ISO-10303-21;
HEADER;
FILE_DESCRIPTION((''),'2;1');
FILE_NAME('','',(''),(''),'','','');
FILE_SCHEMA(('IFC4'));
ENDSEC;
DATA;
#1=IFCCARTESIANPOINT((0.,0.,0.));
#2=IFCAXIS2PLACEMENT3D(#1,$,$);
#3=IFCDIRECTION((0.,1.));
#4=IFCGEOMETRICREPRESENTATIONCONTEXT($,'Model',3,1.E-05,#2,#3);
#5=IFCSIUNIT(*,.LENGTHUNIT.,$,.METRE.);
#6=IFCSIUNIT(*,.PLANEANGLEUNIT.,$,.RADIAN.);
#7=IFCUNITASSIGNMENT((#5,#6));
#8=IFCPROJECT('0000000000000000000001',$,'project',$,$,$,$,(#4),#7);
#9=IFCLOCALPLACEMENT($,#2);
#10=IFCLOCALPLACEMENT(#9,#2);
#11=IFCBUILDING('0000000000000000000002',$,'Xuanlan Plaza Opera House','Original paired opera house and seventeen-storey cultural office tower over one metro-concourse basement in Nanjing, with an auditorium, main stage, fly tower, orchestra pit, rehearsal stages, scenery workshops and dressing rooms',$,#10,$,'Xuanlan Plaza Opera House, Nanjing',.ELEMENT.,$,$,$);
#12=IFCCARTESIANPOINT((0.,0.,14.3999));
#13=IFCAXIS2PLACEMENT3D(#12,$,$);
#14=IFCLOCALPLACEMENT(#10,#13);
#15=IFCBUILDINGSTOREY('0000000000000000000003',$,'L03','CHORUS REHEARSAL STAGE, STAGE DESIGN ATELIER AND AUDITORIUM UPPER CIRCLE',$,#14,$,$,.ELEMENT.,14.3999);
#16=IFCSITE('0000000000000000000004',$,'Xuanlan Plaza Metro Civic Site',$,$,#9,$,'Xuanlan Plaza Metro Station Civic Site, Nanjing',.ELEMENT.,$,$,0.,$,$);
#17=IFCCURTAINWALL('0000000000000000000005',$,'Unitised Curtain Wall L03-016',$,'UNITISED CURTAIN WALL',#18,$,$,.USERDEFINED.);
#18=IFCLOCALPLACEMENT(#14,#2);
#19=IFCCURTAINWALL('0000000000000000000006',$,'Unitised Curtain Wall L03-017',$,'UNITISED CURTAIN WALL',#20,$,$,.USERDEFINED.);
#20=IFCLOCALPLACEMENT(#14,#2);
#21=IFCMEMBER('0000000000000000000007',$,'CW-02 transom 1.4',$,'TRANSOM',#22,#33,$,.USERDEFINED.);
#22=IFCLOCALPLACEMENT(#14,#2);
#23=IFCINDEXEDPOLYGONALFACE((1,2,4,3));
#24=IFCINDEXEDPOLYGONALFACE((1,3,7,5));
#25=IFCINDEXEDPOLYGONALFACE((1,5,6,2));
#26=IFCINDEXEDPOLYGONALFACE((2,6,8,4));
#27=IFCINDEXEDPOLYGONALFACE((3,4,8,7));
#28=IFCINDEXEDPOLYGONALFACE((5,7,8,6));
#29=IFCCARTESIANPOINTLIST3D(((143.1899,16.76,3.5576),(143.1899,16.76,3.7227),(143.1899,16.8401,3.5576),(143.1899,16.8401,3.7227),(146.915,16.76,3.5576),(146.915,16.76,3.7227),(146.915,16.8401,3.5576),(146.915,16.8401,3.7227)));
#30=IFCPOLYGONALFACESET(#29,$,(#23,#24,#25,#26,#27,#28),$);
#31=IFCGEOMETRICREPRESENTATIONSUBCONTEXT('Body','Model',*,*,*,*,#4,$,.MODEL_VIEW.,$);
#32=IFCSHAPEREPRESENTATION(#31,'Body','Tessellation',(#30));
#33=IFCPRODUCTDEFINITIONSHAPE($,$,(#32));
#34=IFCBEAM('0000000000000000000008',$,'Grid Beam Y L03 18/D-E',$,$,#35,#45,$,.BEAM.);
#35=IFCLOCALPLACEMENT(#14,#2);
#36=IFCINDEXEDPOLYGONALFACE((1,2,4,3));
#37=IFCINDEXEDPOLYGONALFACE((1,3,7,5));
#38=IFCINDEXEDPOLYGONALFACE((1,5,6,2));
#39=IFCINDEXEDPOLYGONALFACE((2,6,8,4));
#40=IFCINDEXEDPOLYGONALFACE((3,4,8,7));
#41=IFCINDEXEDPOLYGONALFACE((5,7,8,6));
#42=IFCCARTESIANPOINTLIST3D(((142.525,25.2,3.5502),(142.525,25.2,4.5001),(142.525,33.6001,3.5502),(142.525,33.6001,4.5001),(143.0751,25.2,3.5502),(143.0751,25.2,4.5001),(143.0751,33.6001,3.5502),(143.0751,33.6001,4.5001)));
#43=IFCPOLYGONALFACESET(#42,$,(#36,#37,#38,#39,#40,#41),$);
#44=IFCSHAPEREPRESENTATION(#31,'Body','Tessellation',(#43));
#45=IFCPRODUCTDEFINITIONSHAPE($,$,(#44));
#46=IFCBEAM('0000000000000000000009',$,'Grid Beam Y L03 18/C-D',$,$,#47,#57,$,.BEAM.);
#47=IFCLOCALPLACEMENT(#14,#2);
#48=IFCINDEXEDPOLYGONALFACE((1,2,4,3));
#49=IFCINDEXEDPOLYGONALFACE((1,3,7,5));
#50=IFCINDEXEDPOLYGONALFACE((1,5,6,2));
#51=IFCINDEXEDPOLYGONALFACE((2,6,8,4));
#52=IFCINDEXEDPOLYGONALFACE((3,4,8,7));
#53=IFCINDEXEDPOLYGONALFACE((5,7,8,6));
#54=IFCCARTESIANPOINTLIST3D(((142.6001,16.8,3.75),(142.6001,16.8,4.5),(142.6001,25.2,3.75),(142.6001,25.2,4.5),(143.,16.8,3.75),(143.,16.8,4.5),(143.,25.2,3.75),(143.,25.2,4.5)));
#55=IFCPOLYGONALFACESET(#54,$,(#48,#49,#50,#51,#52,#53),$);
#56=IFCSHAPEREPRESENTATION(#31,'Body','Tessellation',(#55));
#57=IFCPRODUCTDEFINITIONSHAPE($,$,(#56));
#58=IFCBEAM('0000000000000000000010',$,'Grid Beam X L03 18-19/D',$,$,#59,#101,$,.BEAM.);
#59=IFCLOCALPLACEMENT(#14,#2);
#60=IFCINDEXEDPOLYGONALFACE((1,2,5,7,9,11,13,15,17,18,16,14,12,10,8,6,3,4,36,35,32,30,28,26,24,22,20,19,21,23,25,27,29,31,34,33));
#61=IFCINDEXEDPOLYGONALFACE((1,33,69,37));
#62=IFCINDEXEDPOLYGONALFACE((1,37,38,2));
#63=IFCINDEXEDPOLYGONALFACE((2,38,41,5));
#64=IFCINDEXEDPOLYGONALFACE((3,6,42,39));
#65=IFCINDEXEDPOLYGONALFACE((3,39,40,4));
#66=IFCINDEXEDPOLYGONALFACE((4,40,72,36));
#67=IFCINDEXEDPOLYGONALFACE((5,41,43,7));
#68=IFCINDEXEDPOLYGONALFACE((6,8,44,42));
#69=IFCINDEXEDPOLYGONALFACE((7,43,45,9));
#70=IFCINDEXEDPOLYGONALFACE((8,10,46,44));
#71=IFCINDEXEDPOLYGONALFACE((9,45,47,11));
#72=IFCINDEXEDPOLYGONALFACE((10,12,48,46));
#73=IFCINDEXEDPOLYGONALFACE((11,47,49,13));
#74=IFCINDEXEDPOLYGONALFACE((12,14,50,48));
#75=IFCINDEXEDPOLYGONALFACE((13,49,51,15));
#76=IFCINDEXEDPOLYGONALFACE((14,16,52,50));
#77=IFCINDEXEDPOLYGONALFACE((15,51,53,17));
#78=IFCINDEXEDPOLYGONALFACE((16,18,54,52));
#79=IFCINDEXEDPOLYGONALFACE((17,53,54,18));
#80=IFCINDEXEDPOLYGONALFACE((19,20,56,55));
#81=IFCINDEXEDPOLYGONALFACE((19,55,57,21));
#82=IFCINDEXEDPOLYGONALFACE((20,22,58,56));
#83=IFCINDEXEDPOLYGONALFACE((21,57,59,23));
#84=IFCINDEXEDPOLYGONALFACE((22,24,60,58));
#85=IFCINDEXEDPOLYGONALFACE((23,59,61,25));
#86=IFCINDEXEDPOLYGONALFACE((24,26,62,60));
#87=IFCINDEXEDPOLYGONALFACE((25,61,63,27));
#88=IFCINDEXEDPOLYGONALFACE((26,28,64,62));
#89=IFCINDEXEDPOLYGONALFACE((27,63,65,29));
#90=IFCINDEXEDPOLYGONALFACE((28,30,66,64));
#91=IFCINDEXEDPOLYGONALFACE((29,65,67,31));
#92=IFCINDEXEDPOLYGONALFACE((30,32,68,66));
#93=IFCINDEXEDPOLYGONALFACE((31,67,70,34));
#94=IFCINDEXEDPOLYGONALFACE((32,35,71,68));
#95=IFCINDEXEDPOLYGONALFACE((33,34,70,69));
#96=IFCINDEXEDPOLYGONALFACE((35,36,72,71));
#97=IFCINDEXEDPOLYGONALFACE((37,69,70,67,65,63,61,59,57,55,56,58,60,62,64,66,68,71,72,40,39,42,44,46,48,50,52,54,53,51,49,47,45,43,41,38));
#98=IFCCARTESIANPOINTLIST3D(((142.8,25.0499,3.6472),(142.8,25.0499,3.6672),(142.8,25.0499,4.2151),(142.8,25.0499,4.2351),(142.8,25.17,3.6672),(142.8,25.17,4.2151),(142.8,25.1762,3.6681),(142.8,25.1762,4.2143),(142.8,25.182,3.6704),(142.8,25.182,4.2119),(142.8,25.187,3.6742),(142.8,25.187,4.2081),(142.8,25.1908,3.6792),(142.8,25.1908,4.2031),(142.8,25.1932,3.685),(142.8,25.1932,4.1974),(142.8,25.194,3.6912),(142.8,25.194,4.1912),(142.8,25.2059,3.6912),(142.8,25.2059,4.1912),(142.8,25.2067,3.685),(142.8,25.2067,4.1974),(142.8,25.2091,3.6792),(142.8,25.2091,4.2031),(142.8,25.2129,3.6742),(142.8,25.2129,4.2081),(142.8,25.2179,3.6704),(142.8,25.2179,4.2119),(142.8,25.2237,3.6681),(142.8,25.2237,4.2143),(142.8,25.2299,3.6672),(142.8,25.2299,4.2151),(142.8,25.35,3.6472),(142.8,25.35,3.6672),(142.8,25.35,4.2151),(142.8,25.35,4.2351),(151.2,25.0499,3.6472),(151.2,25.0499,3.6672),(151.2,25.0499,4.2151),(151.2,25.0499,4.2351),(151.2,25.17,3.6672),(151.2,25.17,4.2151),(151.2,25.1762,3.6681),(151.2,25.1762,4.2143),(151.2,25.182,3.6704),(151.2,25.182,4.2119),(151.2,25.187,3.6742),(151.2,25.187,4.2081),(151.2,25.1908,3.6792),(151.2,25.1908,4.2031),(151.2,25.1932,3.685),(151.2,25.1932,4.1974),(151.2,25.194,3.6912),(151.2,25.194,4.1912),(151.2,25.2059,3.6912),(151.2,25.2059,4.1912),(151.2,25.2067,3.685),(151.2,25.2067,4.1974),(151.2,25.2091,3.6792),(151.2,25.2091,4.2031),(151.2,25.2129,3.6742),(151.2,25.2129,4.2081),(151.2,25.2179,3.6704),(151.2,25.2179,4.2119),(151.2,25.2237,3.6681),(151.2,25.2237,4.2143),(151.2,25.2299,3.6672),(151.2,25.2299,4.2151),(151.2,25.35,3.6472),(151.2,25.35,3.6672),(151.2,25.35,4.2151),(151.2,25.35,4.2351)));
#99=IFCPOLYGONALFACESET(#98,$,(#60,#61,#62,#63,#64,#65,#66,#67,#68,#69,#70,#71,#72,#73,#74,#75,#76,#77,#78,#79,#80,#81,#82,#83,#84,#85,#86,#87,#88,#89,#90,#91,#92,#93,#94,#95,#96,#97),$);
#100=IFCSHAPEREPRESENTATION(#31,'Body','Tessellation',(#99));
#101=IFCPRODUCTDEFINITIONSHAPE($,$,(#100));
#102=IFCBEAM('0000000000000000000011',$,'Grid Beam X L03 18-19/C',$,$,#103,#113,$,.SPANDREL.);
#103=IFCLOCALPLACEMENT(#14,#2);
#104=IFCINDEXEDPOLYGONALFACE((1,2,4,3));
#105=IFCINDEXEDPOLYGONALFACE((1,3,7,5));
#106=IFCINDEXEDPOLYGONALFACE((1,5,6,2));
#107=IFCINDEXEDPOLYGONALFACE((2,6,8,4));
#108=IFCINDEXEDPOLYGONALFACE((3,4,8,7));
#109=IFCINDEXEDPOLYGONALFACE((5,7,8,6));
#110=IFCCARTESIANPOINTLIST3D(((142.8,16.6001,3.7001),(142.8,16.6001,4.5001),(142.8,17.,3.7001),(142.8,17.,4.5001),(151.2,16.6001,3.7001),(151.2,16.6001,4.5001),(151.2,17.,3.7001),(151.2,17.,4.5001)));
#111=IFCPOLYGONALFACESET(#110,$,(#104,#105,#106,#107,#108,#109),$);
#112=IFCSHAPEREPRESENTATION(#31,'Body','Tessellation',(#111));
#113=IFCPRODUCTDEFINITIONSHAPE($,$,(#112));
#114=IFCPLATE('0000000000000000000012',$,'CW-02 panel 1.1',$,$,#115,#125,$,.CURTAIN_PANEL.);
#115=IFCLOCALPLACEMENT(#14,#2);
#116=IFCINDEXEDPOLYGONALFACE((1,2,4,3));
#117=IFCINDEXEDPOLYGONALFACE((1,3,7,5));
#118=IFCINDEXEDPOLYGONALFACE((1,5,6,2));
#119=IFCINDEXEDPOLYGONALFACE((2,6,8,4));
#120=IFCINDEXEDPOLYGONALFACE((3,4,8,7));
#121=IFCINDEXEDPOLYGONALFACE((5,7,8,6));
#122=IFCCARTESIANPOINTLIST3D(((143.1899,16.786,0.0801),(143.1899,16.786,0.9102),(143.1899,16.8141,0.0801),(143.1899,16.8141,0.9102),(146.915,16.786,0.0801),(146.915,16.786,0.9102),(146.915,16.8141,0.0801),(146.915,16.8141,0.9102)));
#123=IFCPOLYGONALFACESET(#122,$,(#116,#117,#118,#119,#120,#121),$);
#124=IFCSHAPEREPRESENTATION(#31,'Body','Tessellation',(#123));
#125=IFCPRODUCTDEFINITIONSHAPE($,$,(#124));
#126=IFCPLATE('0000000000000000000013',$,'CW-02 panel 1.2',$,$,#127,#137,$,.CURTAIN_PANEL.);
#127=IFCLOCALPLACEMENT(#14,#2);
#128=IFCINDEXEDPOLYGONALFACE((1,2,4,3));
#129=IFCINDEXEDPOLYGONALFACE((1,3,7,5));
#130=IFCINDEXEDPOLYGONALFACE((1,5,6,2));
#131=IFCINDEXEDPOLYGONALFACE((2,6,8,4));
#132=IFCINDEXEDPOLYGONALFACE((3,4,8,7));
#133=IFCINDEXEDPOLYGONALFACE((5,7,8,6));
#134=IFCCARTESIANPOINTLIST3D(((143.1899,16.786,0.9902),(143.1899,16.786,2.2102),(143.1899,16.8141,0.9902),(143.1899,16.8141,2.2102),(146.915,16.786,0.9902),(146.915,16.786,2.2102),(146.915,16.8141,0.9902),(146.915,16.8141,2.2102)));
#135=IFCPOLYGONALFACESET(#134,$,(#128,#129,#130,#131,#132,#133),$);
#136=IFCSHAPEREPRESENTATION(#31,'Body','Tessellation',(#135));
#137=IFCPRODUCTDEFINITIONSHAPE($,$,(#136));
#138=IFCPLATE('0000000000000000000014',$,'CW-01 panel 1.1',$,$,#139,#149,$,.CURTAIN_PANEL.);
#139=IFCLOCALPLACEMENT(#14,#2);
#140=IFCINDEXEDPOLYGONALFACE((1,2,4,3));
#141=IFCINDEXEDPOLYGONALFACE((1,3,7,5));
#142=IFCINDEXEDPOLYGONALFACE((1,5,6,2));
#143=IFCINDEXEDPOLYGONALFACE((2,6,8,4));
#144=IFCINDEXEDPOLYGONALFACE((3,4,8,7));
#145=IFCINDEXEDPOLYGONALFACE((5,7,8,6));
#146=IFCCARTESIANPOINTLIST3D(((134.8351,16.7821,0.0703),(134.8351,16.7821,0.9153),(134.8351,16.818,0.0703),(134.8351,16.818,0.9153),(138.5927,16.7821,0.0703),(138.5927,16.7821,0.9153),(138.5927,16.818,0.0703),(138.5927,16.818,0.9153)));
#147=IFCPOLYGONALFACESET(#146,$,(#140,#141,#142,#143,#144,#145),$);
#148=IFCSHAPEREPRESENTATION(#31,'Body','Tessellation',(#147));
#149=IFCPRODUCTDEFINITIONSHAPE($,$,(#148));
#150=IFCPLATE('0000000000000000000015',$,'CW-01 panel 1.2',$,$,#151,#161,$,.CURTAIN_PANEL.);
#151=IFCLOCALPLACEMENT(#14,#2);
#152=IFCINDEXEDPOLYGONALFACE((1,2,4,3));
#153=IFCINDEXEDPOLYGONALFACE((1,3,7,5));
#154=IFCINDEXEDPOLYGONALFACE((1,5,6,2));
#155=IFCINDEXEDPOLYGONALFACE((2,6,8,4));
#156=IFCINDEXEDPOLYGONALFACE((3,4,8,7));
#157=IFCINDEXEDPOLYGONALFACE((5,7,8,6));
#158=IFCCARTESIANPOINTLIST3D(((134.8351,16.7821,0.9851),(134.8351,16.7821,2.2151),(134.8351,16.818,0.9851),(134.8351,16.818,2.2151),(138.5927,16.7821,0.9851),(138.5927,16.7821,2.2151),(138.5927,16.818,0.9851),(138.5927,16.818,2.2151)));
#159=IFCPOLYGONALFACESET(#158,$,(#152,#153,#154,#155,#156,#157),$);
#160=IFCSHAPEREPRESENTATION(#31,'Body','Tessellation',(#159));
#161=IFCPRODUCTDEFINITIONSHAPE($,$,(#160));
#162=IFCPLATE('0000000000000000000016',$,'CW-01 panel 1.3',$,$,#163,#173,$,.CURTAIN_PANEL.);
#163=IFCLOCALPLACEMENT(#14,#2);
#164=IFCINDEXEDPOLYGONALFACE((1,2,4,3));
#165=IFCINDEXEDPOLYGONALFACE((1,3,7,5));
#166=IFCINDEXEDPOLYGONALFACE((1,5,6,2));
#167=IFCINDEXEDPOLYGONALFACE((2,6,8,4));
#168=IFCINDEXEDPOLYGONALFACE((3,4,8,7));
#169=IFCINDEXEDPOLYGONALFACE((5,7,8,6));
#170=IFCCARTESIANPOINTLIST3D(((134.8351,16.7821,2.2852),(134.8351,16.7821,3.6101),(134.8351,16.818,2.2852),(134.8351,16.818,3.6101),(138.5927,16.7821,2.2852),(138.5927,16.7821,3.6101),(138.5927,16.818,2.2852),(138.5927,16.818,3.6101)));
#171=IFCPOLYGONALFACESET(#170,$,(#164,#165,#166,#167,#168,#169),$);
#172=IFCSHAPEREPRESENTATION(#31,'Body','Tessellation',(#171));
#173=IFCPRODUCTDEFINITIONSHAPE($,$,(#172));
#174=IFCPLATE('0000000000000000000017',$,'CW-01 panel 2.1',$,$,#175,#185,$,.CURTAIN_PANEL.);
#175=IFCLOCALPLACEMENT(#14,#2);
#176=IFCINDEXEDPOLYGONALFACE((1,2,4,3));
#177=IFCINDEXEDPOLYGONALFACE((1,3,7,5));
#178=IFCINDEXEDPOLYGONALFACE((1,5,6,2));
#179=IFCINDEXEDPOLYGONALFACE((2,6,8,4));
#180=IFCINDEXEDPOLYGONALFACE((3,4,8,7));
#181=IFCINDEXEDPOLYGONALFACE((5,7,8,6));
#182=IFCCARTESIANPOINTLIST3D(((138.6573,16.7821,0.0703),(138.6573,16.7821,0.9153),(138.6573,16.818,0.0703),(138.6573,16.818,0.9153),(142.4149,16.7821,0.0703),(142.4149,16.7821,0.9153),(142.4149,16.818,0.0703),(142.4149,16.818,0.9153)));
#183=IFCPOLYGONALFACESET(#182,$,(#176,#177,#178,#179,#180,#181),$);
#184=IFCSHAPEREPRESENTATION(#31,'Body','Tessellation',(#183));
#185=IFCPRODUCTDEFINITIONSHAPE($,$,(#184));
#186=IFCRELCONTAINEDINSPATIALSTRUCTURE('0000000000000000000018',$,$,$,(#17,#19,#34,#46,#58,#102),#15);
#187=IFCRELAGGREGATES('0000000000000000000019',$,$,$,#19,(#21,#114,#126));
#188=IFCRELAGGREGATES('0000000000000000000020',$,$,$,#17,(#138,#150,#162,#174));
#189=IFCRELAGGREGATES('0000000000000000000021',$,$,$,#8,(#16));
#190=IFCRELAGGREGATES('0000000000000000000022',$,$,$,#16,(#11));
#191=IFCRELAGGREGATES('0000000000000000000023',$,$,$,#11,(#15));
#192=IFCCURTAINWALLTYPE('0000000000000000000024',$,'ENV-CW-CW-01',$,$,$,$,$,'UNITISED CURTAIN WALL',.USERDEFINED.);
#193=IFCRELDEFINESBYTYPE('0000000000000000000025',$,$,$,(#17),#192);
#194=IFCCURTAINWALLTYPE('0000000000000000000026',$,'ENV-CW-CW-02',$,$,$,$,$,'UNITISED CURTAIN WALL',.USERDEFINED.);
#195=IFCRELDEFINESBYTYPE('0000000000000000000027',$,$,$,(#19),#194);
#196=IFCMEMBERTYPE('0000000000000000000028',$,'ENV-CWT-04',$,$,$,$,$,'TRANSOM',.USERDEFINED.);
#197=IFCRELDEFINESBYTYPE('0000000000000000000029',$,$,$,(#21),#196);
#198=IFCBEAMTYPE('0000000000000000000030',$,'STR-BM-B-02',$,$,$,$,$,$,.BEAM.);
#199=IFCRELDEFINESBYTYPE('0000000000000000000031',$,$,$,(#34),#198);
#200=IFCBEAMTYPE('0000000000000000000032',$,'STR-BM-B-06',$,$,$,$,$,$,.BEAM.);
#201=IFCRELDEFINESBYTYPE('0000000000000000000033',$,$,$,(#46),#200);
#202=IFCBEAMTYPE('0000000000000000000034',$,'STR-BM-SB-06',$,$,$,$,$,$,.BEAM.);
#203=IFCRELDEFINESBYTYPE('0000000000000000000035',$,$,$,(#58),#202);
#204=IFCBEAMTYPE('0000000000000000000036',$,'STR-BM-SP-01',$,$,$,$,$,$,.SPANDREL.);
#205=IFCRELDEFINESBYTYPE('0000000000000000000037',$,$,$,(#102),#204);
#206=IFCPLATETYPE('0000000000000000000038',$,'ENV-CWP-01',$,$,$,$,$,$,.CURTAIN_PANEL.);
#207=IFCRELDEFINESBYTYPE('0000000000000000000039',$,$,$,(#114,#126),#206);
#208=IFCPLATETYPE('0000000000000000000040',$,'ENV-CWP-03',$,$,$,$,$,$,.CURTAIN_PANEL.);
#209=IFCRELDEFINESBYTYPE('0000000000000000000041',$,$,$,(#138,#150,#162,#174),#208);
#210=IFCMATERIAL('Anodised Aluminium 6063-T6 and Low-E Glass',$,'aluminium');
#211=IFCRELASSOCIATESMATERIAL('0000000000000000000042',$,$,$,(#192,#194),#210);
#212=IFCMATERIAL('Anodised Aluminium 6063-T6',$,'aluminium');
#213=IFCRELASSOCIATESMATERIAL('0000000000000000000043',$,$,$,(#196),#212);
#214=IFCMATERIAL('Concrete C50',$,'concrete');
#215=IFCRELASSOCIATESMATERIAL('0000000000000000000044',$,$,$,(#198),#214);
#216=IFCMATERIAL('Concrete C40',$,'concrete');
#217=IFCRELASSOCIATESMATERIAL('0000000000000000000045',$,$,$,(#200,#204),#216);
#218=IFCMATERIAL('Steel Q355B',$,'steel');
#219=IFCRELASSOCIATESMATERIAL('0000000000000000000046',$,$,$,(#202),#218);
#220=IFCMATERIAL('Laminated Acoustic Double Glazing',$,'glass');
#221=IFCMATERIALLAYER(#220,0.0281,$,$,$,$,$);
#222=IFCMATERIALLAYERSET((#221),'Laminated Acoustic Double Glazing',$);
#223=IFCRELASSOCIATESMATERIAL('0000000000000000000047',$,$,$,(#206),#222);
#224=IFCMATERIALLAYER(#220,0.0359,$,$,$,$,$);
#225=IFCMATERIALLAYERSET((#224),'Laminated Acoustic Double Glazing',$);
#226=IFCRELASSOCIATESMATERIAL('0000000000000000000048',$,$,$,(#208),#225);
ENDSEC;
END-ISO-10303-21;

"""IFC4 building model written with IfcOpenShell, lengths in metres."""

from ifc_helpers import new_model, si_unit, direction, frame, origin, origin_2d, place, context, subcontext, project, spatial, rectangle, i_section, extrude, material, layer, layer_set, material_profile, profile_set, type_object, element, aggregate, save


model = new_model("IFC4")

# Units and contexts
model_context = context("Model", 3, precision=1e-05, world=origin(), true_north=direction((0.0, 1.0)))
body_context = subcontext(model_context, "Body", "Model", "MODEL_VIEW")
ifc_project = project(units=[si_unit("LENGTHUNIT", "METRE"), si_unit("PLANEANGLEUNIT", "RADIAN")], contexts=[model_context])

# Site, building, storey
site_placement = place(None, origin())
site = spatial("IfcSite", under=ifc_project, at=site_placement, Name="Xuanlan Plaza Metro Civic Site", LongName="Xuanlan Plaza Metro Station Civic Site, Nanjing", CompositionType="ELEMENT", RefElevation=0.0)
building_placement = place(site_placement, origin())
building = spatial("IfcBuilding", under=site, at=building_placement, Name="Xuanlan Plaza Opera House", Description="Original paired opera house and seventeen-storey cultural office tower over one metro-concourse basement in Nanjing, with an auditorium, main stage, fly tower, orchestra pit, rehearsal stages, scenery workshops and dressing rooms", LongName="Xuanlan Plaza Opera House, Nanjing", CompositionType="ELEMENT")
storey_placement = place(building_placement, frame((0.0, 0.0, 14.3999)))
storey = spatial("IfcBuildingStorey", under=building, at=storey_placement, Name="L03", Description="CHORUS REHEARSAL STAGE, STAGE DESIGN ATELIER AND AUDITORIUM UPPER CIRCLE", CompositionType="ELEMENT", Elevation=14.3999)

# Shared definitions
ifc_material_1 = material(Name="Concrete C40", Category="concrete")

# Curtain wall
ifc_material_2 = material(Name="Anodised Aluminium 6063-T6 and Low-E Glass", Category="aluminium")
curtain_wall_type_1 = type_object("IfcCurtainWallType", Name="ENV-CW-CW-01", ElementType="UNITISED CURTAIN WALL", PredefinedType="USERDEFINED", material=ifc_material_2)
curtain_wall_1_placement = place(storey_placement, origin())
curtain_wall_1 = element("IfcCurtainWall", 1, at=curtain_wall_1_placement, inside=storey, type_object=curtain_wall_type_1, Name="Unitised Curtain Wall L03-016", ObjectType="UNITISED CURTAIN WALL", PredefinedType="USERDEFINED")
ifc_material_3 = material(Name="Anodised Aluminium 6063-T6", Category="aluminium")

# Curtain wall
curtain_wall_type_2 = type_object("IfcCurtainWallType", Name="ENV-CW-CW-02", ElementType="UNITISED CURTAIN WALL", PredefinedType="USERDEFINED", material=ifc_material_2)
curtain_wall_2_placement = place(storey_placement, origin())
curtain_wall_2 = element("IfcCurtainWall", 2, at=curtain_wall_2_placement, inside=storey, type_object=curtain_wall_type_2, Name="Unitised Curtain Wall L03-017", ObjectType="UNITISED CURTAIN WALL", PredefinedType="USERDEFINED")

# Member
ifc_material_profile_1 = material_profile(ifc_material_3, rectangle(XDim=0.0801, YDim=0.165, at=origin_2d()), Name="ALU-T 80x165")
ifc_profile_set_1 = profile_set([ifc_material_profile_1], Name="Anodised Aluminium 6063-T6")
member_type_1 = type_object("IfcMemberType", Name="ENV-CWT-04", ElementType="TRANSOM", PredefinedType="USERDEFINED", material=ifc_profile_set_1)
member_1_placement = place(storey_placement, frame((143.1899, 16.8, 3.6401), z_axis=(1.0, 0.0, 0.0), x_axis=(0.0, 1.0, 0.0)))
member_1 = element("IfcMember", 3, at=member_1_placement, type_object=member_type_1, Name="CW-02 transom 1.4", ObjectType="TRANSOM", PredefinedType="USERDEFINED", context=body_context, shape_type="SweptSolid", body=[
    extrude(rectangle(XDim=0.0801, YDim=0.165, at=origin_2d()), origin(), (0.0, 0.0, 1.0), 3.7251),
])

# Beams
ifc_material_4 = material(Name="Concrete C50", Category="concrete")
ifc_material_profile_2 = material_profile(ifc_material_4, rectangle(XDim=0.55, YDim=0.95, at=origin_2d()), Name="RC-BM 550x950")
ifc_profile_set_2 = profile_set([ifc_material_profile_2], Name="Concrete C50")
beam_type_1 = type_object("IfcBeamType", Name="STR-BM-B-02", PredefinedType="BEAM", material=ifc_profile_set_2)
beam_1_placement = place(storey_placement, frame((142.8, 25.2, 4.0251), z_axis=(0.0, 1.0, 0.0), x_axis=(-1.0, 0.0, 0.0)))
element("IfcBeam", 4, at=beam_1_placement, inside=storey, type_object=beam_type_1, Name="Grid Beam Y L03 18/D-E", PredefinedType="BEAM", context=body_context, shape_type="SweptSolid", body=[
    extrude(rectangle(XDim=0.55, YDim=0.95, at=origin_2d()), origin(), (0.0, 0.0, 1.0), 8.4001),
])
ifc_material_profile_3 = material_profile(ifc_material_1, rectangle(XDim=0.3999, YDim=0.75, at=origin_2d()), Name="RC-BM 400x750")
ifc_profile_set_3 = profile_set([ifc_material_profile_3], Name="Concrete C40")
beam_type_2 = type_object("IfcBeamType", Name="STR-BM-B-06", PredefinedType="BEAM", material=ifc_profile_set_3)
beam_2_placement = place(storey_placement, frame((142.8, 16.8, 4.125), z_axis=(0.0, 1.0, 0.0), x_axis=(-1.0, 0.0, 0.0)))
element("IfcBeam", 5, at=beam_2_placement, inside=storey, type_object=beam_type_2, Name="Grid Beam Y L03 18/C-D", PredefinedType="BEAM", context=body_context, shape_type="SweptSolid", body=[
    extrude(rectangle(XDim=0.3999, YDim=0.75, at=origin_2d()), origin(), (0.0, 0.0, 1.0), 8.3999),
])
ifc_material_5 = material(Name="Steel Q355B", Category="steel")
ifc_material_profile_4 = material_profile(ifc_material_5, i_section(OverallWidth=0.3, OverallDepth=0.5879, WebThickness=0.012, FlangeThickness=0.02, FilletRadius=0.0239, at=origin_2d()), Name="HM 588x300x12x20")
ifc_profile_set_4 = profile_set([ifc_material_profile_4], Name="Steel Q355B")
beam_type_3 = type_object("IfcBeamType", Name="STR-BM-SB-06", PredefinedType="BEAM", material=ifc_profile_set_4)
beam_3_placement = place(storey_placement, frame((142.8, 25.2, 3.9412), z_axis=(1.0, 0.0, 0.0), x_axis=(0.0, 1.0, 0.0)))
element("IfcBeam", 6, at=beam_3_placement, inside=storey, type_object=beam_type_3, Name="Grid Beam X L03 18-19/D", PredefinedType="BEAM", context=body_context, shape_type="SweptSolid", body=[
    extrude(i_section(OverallWidth=0.3, OverallDepth=0.5879, WebThickness=0.012, FlangeThickness=0.02, FilletRadius=0.0239, at=origin_2d()), origin(), (0.0, 0.0, 1.0), 8.3999),
])
ifc_material_profile_5 = material_profile(ifc_material_1, rectangle(XDim=0.3999, YDim=0.8, at=origin_2d()), Name="RC-SPD 400x800")
ifc_profile_set_5 = profile_set([ifc_material_profile_5], Name="Concrete C40")
beam_type_4 = type_object("IfcBeamType", Name="STR-BM-SP-01", PredefinedType="SPANDREL", material=ifc_profile_set_5)
beam_4_placement = place(storey_placement, frame((142.8, 16.8, 4.1001), z_axis=(1.0, 0.0, 0.0), x_axis=(0.0, 1.0, 0.0)))
element("IfcBeam", 7, at=beam_4_placement, inside=storey, type_object=beam_type_4, Name="Grid Beam X L03 18-19/C", PredefinedType="SPANDREL", context=body_context, shape_type="SweptSolid", body=[
    extrude(rectangle(XDim=0.3999, YDim=0.8, at=origin_2d()), origin(), (0.0, 0.0, 1.0), 8.3999),
])

# Plates
ifc_material_6 = material(Name="Laminated Acoustic Double Glazing", Category="glass")
ifc_layer_1 = layer(ifc_material_6, 0.0281)
ifc_layer_set_1 = layer_set([ifc_layer_1], Name="Laminated Acoustic Double Glazing")
plate_type_1 = type_object("IfcPlateType", Name="ENV-CWP-01", PredefinedType="CURTAIN_PANEL", material=ifc_layer_set_1)
plate_1_placement = place(storey_placement, frame((145.0525, 16.8, 0.0801), z_axis=(0.0, 0.0, 1.0), x_axis=(1.0, 0.0, 0.0)))
plate_1 = element("IfcPlate", 8, at=plate_1_placement, type_object=plate_type_1, Name="CW-02 panel 1.1", PredefinedType="CURTAIN_PANEL", context=body_context, shape_type="SweptSolid", body=[
    extrude(rectangle(XDim=3.7251, YDim=0.0281, at=origin_2d()), origin(), (0.0, 0.0, 1.0), 0.8301),
])
plate_2_placement = place(storey_placement, frame((145.0525, 16.8, 0.9902), z_axis=(0.0, 0.0, 1.0), x_axis=(1.0, 0.0, 0.0)))
plate_2 = element("IfcPlate", 9, at=plate_2_placement, type_object=plate_type_1, Name="CW-02 panel 1.2", PredefinedType="CURTAIN_PANEL", context=body_context, shape_type="SweptSolid", body=[
    extrude(rectangle(XDim=3.7251, YDim=0.0281, at=origin_2d()), origin(), (0.0, 0.0, 1.0), 1.22),
])
aggregate(curtain_wall_2, [member_1, plate_1, plate_2])
ifc_layer_2 = layer(ifc_material_6, 0.0359)
ifc_layer_set_2 = layer_set([ifc_layer_2], Name="Laminated Acoustic Double Glazing")
plate_type_2 = type_object("IfcPlateType", Name="ENV-CWP-03", PredefinedType="CURTAIN_PANEL", material=ifc_layer_set_2)
plate_3_placement = place(storey_placement, frame((136.7139, 16.8, 0.0703), z_axis=(0.0, 0.0, 1.0), x_axis=(1.0, 0.0, 0.0)))
plate_3 = element("IfcPlate", 10, at=plate_3_placement, type_object=plate_type_2, Name="CW-01 panel 1.1", PredefinedType="CURTAIN_PANEL", context=body_context, shape_type="SweptSolid", body=[
    extrude(rectangle(XDim=3.7576, YDim=0.0359, at=origin_2d()), origin(), (0.0, 0.0, 1.0), 0.845),
])
plate_4_placement = place(storey_placement, frame((136.7139, 16.8, 0.9851), z_axis=(0.0, 0.0, 1.0), x_axis=(1.0, 0.0, 0.0)))
plate_4 = element("IfcPlate", 11, at=plate_4_placement, type_object=plate_type_2, Name="CW-01 panel 1.2", PredefinedType="CURTAIN_PANEL", context=body_context, shape_type="SweptSolid", body=[
    extrude(rectangle(XDim=3.7576, YDim=0.0359, at=origin_2d()), origin(), (0.0, 0.0, 1.0), 1.23),
])
plate_5_placement = place(storey_placement, frame((136.7139, 16.8, 2.2852), z_axis=(0.0, 0.0, 1.0), x_axis=(1.0, 0.0, 0.0)))
plate_5 = element("IfcPlate", 12, at=plate_5_placement, type_object=plate_type_2, Name="CW-01 panel 1.3", PredefinedType="CURTAIN_PANEL", context=body_context, shape_type="SweptSolid", body=[
    extrude(rectangle(XDim=3.7576, YDim=0.0359, at=origin_2d()), origin(), (0.0, 0.0, 1.0), 1.325),
])
plate_6_placement = place(storey_placement, frame((140.5361, 16.8, 0.0703), z_axis=(0.0, 0.0, 1.0), x_axis=(1.0, 0.0, 0.0)))
plate_6 = element("IfcPlate", 13, at=plate_6_placement, type_object=plate_type_2, Name="CW-01 panel 2.1", PredefinedType="CURTAIN_PANEL", context=body_context, shape_type="SweptSolid", body=[
    extrude(rectangle(XDim=3.7576, YDim=0.0359, at=origin_2d()), origin(), (0.0, 0.0, 1.0), 0.845),
])
aggregate(curtain_wall_1, [plate_3, plate_4, plate_5, plate_6])

save(model, "model.ifc")
